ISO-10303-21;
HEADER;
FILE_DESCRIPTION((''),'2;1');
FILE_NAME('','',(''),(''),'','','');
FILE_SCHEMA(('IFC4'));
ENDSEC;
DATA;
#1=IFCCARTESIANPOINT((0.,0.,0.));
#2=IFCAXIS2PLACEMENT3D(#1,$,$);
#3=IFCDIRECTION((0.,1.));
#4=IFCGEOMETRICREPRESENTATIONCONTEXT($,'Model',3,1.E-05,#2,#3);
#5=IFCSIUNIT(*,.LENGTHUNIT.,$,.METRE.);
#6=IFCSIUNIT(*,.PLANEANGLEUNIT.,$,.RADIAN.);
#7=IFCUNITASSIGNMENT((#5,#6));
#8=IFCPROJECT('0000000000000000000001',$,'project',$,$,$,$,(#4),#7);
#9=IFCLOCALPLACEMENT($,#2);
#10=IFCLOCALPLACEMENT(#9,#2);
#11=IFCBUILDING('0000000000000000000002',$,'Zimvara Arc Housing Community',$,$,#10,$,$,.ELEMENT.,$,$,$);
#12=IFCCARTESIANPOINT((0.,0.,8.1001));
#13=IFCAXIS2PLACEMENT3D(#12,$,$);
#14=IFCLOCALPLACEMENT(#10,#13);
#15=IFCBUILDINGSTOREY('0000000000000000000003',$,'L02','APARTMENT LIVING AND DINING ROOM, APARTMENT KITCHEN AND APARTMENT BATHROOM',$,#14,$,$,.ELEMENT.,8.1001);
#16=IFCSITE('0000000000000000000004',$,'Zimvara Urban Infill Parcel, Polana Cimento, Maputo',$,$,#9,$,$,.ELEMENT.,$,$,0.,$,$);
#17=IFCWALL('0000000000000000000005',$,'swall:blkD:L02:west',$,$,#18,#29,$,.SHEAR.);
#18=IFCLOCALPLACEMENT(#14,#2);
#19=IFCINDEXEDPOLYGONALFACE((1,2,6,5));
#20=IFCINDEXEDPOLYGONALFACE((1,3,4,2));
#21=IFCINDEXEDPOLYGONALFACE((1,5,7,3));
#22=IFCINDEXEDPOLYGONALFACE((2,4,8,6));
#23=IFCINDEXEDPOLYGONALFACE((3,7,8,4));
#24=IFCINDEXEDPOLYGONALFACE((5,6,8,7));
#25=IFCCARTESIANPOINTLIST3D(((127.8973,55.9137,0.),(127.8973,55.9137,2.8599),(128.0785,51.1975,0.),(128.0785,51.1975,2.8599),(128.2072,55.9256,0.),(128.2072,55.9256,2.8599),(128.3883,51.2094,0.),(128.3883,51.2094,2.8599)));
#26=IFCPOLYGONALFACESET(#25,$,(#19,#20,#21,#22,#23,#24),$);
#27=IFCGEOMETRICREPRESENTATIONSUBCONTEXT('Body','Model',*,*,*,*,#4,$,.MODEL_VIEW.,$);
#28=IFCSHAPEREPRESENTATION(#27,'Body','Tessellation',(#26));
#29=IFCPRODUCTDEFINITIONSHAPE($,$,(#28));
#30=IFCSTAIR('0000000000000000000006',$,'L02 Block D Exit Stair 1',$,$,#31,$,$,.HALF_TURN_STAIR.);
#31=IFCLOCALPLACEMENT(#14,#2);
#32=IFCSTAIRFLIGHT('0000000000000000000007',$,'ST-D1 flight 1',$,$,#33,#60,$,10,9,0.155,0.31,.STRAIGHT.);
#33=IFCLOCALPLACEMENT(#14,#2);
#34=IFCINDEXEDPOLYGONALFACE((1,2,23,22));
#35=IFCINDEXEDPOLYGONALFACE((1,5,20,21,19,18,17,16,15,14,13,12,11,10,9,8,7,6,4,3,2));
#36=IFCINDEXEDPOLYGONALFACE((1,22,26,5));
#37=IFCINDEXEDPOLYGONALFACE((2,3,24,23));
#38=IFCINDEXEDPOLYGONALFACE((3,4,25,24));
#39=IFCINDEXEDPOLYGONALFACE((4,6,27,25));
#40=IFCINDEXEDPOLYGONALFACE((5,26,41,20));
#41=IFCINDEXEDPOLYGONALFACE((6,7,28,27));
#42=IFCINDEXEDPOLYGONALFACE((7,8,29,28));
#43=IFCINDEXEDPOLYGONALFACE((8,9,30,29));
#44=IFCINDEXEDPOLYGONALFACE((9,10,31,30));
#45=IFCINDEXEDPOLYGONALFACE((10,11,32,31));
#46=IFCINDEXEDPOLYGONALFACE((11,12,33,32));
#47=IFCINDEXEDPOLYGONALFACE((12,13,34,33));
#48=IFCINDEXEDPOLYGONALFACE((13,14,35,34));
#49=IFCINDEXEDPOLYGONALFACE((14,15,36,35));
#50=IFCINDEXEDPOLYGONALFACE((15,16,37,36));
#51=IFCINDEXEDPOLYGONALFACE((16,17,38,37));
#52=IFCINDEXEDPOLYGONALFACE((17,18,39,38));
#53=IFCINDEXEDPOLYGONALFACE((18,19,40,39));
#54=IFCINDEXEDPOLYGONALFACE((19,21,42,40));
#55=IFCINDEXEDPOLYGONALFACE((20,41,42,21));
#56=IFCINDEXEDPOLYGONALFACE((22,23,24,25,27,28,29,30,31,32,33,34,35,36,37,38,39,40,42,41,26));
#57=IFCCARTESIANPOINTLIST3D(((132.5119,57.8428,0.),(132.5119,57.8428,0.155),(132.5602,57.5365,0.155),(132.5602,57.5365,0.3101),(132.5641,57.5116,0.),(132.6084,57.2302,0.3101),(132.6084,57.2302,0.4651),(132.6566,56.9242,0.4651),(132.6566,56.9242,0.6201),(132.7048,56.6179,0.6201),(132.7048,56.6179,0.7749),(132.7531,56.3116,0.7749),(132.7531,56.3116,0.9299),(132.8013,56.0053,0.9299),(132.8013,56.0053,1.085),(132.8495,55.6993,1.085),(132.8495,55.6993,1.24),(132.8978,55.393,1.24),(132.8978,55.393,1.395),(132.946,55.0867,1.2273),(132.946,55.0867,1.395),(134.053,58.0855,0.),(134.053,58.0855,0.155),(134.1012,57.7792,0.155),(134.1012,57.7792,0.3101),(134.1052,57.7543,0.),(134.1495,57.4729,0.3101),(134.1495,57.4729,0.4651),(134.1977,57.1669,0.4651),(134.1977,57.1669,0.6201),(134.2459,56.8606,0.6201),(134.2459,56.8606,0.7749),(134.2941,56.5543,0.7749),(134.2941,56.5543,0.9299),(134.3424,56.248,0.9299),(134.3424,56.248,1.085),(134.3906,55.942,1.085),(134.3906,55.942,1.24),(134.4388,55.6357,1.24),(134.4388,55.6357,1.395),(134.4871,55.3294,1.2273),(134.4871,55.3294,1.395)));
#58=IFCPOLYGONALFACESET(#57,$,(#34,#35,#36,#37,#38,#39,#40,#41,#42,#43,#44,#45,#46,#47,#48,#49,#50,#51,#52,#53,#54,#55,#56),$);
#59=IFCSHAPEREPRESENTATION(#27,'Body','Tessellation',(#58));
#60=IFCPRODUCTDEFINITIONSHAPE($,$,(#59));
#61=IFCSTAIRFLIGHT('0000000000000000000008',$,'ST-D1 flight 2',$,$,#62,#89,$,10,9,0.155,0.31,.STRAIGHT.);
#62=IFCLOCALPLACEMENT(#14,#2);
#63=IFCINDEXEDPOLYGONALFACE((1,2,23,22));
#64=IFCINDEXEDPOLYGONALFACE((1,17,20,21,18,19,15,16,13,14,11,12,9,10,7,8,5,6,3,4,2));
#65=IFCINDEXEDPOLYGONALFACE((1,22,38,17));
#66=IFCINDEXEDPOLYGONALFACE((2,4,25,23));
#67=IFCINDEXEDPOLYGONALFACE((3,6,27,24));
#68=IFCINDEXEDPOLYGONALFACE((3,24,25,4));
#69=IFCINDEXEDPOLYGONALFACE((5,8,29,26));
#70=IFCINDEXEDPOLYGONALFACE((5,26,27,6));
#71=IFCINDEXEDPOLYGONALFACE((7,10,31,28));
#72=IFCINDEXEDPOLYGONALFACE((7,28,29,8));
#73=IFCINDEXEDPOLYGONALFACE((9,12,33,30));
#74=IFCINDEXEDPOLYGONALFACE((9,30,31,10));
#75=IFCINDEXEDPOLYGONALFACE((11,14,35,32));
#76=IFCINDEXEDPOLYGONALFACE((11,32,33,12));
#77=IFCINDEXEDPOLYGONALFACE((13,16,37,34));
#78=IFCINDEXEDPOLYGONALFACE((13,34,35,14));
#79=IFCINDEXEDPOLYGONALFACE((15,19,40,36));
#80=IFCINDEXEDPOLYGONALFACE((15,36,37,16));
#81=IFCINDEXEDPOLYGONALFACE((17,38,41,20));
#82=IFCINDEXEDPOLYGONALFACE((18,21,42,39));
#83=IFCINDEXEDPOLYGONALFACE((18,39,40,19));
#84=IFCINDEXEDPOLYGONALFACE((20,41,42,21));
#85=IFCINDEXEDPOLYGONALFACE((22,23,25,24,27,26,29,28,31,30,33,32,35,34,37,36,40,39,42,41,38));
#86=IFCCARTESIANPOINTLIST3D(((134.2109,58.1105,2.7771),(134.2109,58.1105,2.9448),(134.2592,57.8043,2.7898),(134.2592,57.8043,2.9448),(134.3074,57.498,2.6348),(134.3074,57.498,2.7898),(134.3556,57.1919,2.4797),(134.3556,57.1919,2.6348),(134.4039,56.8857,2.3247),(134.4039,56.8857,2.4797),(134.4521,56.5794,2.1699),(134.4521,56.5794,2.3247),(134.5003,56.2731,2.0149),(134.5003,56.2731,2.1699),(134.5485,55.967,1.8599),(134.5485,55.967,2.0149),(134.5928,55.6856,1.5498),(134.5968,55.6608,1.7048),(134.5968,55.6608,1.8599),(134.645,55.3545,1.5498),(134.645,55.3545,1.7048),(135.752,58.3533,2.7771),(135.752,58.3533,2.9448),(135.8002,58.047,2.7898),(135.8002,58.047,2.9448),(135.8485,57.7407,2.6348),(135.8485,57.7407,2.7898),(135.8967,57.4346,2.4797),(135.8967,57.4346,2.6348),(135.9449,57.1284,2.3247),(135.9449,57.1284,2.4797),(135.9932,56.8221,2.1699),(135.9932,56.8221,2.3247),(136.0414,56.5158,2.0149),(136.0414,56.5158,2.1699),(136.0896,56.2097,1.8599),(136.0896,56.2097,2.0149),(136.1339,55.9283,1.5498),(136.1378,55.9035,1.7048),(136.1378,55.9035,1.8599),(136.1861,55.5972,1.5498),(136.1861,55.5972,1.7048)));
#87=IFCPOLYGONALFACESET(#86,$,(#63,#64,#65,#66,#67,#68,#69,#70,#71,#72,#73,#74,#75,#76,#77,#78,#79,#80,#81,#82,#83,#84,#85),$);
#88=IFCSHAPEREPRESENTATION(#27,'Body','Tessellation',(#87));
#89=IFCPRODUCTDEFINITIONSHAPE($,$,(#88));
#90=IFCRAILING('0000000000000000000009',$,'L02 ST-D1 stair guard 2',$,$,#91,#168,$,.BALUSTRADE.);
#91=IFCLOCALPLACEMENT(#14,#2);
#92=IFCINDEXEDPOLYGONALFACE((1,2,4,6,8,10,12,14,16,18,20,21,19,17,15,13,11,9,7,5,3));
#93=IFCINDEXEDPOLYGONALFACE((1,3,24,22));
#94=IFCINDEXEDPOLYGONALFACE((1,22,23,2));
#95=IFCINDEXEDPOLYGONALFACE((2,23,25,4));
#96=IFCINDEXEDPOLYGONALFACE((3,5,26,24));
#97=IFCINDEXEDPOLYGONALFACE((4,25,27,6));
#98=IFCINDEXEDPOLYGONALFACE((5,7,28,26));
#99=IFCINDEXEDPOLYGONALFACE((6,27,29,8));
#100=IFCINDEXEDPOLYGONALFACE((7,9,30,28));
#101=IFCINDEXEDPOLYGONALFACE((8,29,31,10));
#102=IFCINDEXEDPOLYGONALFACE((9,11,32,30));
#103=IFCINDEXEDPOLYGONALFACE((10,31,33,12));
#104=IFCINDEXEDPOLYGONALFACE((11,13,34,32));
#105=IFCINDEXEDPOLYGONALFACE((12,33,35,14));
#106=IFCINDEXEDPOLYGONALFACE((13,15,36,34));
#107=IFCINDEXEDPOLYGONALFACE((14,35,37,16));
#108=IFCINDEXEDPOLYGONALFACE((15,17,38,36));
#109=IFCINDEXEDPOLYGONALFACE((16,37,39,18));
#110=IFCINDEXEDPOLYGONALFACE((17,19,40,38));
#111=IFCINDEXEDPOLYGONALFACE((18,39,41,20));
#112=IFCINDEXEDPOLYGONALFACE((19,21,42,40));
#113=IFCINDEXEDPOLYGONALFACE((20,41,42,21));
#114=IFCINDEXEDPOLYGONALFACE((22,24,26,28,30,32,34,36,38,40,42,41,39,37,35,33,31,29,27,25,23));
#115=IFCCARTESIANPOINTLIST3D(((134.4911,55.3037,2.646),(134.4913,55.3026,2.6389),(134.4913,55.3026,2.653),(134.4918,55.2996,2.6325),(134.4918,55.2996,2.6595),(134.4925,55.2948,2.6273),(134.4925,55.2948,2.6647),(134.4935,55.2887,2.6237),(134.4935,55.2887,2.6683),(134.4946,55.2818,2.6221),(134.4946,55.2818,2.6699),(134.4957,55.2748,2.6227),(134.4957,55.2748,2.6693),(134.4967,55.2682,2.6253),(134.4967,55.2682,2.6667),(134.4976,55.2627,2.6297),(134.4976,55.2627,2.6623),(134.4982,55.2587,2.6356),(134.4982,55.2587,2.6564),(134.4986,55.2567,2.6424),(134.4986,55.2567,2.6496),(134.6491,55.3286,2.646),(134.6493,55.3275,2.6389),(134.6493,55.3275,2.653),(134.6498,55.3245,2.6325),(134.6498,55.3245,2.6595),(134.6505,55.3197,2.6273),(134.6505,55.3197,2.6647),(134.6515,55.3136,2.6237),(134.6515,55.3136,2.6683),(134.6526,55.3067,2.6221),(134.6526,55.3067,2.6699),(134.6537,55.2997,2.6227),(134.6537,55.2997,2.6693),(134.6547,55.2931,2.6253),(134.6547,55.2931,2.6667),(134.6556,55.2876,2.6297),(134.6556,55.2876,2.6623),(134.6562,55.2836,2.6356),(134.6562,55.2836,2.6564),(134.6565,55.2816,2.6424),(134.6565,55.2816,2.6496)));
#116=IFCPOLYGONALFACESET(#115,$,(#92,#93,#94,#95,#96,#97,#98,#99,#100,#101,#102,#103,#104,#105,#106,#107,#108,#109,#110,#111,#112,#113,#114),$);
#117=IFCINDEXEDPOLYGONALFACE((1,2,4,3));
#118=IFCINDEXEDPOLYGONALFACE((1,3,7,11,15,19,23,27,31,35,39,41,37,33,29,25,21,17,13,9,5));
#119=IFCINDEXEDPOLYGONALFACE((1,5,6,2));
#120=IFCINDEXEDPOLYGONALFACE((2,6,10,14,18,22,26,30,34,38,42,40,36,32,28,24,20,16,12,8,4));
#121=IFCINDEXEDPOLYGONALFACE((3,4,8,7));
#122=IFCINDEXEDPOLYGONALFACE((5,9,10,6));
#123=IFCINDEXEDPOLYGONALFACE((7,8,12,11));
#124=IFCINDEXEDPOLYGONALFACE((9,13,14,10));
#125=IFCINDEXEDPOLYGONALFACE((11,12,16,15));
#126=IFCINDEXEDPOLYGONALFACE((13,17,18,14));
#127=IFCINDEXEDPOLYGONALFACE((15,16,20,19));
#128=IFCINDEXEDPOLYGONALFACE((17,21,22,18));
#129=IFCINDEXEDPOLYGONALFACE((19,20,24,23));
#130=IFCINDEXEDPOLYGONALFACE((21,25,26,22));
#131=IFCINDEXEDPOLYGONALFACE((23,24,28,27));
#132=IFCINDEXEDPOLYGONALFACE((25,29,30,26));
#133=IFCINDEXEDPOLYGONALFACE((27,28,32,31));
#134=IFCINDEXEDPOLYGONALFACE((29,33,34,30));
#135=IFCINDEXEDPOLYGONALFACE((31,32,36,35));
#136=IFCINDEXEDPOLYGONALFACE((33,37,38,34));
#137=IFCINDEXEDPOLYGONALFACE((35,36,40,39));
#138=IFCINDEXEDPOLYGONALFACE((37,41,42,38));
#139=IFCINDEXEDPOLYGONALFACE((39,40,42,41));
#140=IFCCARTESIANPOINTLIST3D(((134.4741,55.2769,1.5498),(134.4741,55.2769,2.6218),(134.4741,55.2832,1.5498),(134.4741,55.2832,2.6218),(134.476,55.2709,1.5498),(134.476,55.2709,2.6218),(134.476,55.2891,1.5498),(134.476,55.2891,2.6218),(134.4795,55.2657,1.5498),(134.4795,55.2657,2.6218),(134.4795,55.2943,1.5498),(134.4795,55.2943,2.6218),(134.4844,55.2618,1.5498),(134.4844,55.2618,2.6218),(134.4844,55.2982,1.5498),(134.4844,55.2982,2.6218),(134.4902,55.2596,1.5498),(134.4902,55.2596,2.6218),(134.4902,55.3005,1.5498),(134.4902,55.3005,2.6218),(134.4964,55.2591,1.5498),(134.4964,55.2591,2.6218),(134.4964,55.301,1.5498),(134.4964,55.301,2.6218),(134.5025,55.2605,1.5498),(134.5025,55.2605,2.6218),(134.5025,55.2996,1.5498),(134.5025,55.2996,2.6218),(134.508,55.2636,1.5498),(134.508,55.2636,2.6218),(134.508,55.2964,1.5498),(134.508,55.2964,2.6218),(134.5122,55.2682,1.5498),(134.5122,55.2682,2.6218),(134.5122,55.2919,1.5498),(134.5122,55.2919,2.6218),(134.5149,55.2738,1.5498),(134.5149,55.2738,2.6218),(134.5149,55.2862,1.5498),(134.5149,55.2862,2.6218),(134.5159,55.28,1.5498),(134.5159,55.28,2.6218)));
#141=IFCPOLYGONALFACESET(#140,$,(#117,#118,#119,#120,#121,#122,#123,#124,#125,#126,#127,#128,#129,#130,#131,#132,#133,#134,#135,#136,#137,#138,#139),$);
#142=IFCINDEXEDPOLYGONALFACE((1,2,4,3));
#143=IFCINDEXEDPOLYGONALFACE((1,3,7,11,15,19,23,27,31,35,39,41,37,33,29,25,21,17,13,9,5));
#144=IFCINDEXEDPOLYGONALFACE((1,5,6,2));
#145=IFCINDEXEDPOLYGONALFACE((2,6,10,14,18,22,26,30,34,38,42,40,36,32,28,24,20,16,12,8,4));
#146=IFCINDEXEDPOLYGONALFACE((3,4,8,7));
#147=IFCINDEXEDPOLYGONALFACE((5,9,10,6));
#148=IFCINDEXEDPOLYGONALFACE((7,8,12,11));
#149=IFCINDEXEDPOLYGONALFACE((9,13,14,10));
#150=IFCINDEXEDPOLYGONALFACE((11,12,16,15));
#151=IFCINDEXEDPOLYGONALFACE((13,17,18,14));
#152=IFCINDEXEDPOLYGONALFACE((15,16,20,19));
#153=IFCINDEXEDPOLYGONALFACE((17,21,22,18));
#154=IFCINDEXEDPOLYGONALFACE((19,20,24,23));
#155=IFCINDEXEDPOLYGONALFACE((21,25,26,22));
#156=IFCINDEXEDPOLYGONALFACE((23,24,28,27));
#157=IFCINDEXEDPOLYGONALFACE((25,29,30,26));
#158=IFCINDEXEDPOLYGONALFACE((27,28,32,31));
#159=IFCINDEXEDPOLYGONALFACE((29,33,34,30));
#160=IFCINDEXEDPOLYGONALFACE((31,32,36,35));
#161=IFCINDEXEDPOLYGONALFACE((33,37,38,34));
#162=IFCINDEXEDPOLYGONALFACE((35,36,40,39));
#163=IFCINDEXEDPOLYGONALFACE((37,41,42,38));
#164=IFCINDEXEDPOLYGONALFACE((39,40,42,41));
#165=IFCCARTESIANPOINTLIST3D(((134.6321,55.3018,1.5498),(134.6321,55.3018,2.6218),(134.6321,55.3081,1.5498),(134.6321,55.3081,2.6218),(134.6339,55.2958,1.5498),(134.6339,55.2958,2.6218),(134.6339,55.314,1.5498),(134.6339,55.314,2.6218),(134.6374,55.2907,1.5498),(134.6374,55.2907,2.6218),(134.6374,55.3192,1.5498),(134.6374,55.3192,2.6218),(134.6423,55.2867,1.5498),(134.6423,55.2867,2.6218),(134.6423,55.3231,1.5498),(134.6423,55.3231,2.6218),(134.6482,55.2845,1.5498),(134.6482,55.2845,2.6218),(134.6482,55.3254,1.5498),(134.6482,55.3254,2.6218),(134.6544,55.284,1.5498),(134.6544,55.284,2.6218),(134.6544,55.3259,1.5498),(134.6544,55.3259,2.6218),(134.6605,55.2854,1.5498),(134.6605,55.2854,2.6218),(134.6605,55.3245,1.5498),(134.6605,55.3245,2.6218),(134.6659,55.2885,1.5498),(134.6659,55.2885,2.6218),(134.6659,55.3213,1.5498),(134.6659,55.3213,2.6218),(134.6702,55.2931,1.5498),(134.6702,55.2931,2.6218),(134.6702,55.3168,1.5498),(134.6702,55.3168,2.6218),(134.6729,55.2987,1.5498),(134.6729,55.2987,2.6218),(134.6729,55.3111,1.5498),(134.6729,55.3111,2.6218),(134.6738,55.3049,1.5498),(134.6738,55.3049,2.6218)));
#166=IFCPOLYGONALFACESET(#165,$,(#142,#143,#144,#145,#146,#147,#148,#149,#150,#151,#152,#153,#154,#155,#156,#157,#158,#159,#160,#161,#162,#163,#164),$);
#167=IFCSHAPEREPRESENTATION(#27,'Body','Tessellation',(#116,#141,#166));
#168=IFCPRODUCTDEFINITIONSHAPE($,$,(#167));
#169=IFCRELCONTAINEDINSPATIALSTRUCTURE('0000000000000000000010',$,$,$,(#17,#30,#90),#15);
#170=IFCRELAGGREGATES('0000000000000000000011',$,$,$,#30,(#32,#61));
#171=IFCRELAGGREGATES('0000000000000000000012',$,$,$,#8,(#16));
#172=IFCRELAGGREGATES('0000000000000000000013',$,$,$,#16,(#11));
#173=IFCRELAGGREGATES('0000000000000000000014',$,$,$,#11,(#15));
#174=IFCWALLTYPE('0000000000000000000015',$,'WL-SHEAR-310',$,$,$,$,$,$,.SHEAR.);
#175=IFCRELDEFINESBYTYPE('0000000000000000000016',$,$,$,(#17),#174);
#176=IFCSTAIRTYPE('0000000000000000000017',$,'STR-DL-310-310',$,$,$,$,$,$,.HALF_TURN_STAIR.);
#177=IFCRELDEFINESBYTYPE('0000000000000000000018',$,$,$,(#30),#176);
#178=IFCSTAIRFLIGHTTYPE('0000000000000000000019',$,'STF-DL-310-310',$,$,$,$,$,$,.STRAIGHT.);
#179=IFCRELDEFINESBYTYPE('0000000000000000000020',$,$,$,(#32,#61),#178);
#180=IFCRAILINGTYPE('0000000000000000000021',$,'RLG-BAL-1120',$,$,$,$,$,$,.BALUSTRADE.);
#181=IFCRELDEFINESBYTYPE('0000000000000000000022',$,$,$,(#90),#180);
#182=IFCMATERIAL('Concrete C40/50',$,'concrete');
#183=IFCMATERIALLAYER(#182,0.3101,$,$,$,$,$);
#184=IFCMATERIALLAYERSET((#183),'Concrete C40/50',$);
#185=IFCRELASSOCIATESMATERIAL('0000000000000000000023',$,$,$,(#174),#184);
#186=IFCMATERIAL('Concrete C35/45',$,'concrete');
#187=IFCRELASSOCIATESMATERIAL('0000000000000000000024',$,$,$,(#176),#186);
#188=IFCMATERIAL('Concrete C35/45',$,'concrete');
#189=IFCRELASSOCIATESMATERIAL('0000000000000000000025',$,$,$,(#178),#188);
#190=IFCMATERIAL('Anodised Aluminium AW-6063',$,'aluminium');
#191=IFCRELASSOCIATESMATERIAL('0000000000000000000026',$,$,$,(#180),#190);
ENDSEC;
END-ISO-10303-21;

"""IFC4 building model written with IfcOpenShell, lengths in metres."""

from ifc_helpers import new_model, si_unit, direction, frame, frame_2d, origin, origin_2d, place, context, subcontext, project, spatial, polyline, rectangle, circle, outline, extrude, material, layer, layer_set, type_object, element, aggregate, save


model = new_model("IFC4")

# Units and contexts
model_context = context("Model", 3, precision=1e-05, world=origin(), true_north=direction((0.0, 1.0)))
body_context = subcontext(model_context, "Body", "Model", "MODEL_VIEW")
ifc_project = project(units=[si_unit("LENGTHUNIT", "METRE"), si_unit("PLANEANGLEUNIT", "RADIAN")], contexts=[model_context])

# Site, building, storey
site_placement = place(None, origin())
site = spatial("IfcSite", under=ifc_project, at=site_placement, Name="Zimvara Urban Infill Parcel, Polana Cimento, Maputo", CompositionType="ELEMENT", RefElevation=0.0)
building_placement = place(site_placement, origin())
building = spatial("IfcBuilding", under=site, at=building_placement, Name="Zimvara Arc Housing Community", CompositionType="ELEMENT")
storey_placement = place(building_placement, frame((0.0, 0.0, 8.1001)))
storey = spatial("IfcBuildingStorey", under=building, at=storey_placement, Name="L02", Description="APARTMENT LIVING AND DINING ROOM, APARTMENT KITCHEN AND APARTMENT BATHROOM", CompositionType="ELEMENT", Elevation=8.1001)

# Wall
ifc_material_1 = material(Name="Concrete C40/50", Category="concrete")
ifc_layer_1 = layer(ifc_material_1, 0.3101)
ifc_layer_set_1 = layer_set([ifc_layer_1], Name="Concrete C40/50")
wall_type_1 = type_object("IfcWallType", Name="WL-SHEAR-310", PredefinedType="SHEAR", material=ifc_layer_set_1)
wall_1_placement = place(storey_placement, frame((128.0522, 55.9197, 0.0), z_axis=(0.0, 0.0, 1.0), x_axis=(0.038381, -0.999263, 0.0)))
element("IfcWall", 1, at=wall_1_placement, inside=storey, type_object=wall_type_1, Name="swall:blkD:L02:west", PredefinedType="SHEAR", context=body_context, shape_type="SweptSolid", body=[
    extrude(rectangle(XDim=4.7197, YDim=0.3101, at=frame_2d((2.3599, 0.0))), origin(), (0.0, 0.0, 1.0), 2.8599),
])

# Stair, stair flights
ifc_material_2 = material(Name="Concrete C35/45", Category="concrete")
stair_type = type_object("IfcStairType", Name="STR-DL-310-310", PredefinedType="HALF_TURN_STAIR", material=ifc_material_2)
stair_placement = place(storey_placement, origin())
stair = element("IfcStair", 2, at=stair_placement, inside=storey, type_object=stair_type, Name="L02 Block D Exit Stair 1", PredefinedType="HALF_TURN_STAIR")
ifc_material_3 = material(Name="Concrete C35/45", Category="concrete")
stair_flight_type = type_object("IfcStairFlightType", Name="STF-DL-310-310", PredefinedType="STRAIGHT", material=ifc_material_3)
stair_flight_1_placement = place(storey_placement, frame((133.2825, 57.9641, 0.0), z_axis=(0.0, 0.0, 1.0), x_axis=(0.155572, -0.987824, 0.0)))
stair_flight_1 = element("IfcStairFlight", 3, at=stair_flight_1_placement, type_object=stair_flight_type, Name="ST-D1 flight 1", NumberOfRisers=10, NumberOfTreads=9, PredefinedType="STRAIGHT", RiserHeight=0.155, TreadLength=0.31, context=body_context, shape_type="SweptSolid", body=[
    extrude(outline(polyline([(0.0, 0.0), (0.0, 0.155), (0.3101, 0.155), (0.3101, 0.3101), (0.6201, 0.3101), (0.6201, 0.4651), (0.9299, 0.4651), (0.9299, 0.6201), (1.24, 0.6201), (1.24, 0.7749), (1.55, 0.7749), (1.55, 0.9299), (1.8601, 0.9299), (1.8601, 1.085), (2.1699, 1.085), (2.1699, 1.24), (2.48, 1.24), (2.48, 1.395), (2.79, 1.395), (2.79, 1.55), (2.79, 1.2273), (0.3352, 0.0), (0.0, 0.0)])), frame((0.0, 0.78, 0.0), z_axis=(0.0, -1.0, 0.0), x_axis=(1.0, 0.0, 0.0)), (0.0, 0.0, 1.0), 1.5601),
])
stair_flight_2_placement = place(storey_placement, frame((135.4155, 55.4758, 1.5498), z_axis=(0.0, 0.0, 1.0), x_axis=(-0.155572, 0.987824, 0.0)))
stair_flight_2 = element("IfcStairFlight", 4, at=stair_flight_2_placement, type_object=stair_flight_type, Name="ST-D1 flight 2", NumberOfRisers=10, NumberOfTreads=9, PredefinedType="STRAIGHT", RiserHeight=0.155, TreadLength=0.31, context=body_context, shape_type="SweptSolid", body=[
    extrude(outline(polyline([(0.0, 0.0), (0.0, 0.155), (0.3101, 0.155), (0.3101, 0.3101), (0.6201, 0.3101), (0.6201, 0.4651), (0.9299, 0.4651), (0.9299, 0.6201), (1.24, 0.6201), (1.24, 0.7749), (1.55, 0.7749), (1.55, 0.9299), (1.8601, 0.9299), (1.8601, 1.085), (2.1699, 1.085), (2.1699, 1.24), (2.48, 1.24), (2.48, 1.395), (2.79, 1.395), (2.79, 1.55), (2.79, 1.2273), (0.3352, 0.0), (0.0, 0.0)])), frame((0.0, 0.78, 0.0), z_axis=(0.0, -1.0, 0.0), x_axis=(1.0, 0.0, 0.0)), (0.0, 0.0, 1.0), 1.5601),
])
aggregate(stair, [stair_flight_1, stair_flight_2])

# Railing
ifc_material_4 = material(Name="Anodised Aluminium AW-6063", Category="aluminium")
railing_type_1 = type_object("IfcRailingType", Name="RLG-BAL-1120", PredefinedType="BALUSTRADE", material=ifc_material_4)
railing_1_placement = place(storey_placement, frame((134.4949, 55.28, 1.5498)))
element("IfcRailing", 5, at=railing_1_placement, inside=storey, type_object=railing_type_1, Name="L02 ST-D1 stair guard 2", PredefinedType="BALUSTRADE", context=body_context, shape_type="SweptSolid", body=[
    extrude(circle(Radius=0.0239, at=origin_2d()), frame((0.0, 0.0, 1.0962), z_axis=(0.9878, 0.155727, 0.0), x_axis=(-0.155727, 0.9878, 0.0)), (0.0, 0.0, 1.0), 0.1599),
    extrude(circle(Radius=0.021, at=origin_2d()), origin(), (0.0, 0.0, 1.0), 1.072),
    extrude(circle(Radius=0.021, at=origin_2d()), frame((0.158, 0.0249, 0.0)), (0.0, 0.0, 1.0), 1.072),
])

save(model, "model.ifc")
